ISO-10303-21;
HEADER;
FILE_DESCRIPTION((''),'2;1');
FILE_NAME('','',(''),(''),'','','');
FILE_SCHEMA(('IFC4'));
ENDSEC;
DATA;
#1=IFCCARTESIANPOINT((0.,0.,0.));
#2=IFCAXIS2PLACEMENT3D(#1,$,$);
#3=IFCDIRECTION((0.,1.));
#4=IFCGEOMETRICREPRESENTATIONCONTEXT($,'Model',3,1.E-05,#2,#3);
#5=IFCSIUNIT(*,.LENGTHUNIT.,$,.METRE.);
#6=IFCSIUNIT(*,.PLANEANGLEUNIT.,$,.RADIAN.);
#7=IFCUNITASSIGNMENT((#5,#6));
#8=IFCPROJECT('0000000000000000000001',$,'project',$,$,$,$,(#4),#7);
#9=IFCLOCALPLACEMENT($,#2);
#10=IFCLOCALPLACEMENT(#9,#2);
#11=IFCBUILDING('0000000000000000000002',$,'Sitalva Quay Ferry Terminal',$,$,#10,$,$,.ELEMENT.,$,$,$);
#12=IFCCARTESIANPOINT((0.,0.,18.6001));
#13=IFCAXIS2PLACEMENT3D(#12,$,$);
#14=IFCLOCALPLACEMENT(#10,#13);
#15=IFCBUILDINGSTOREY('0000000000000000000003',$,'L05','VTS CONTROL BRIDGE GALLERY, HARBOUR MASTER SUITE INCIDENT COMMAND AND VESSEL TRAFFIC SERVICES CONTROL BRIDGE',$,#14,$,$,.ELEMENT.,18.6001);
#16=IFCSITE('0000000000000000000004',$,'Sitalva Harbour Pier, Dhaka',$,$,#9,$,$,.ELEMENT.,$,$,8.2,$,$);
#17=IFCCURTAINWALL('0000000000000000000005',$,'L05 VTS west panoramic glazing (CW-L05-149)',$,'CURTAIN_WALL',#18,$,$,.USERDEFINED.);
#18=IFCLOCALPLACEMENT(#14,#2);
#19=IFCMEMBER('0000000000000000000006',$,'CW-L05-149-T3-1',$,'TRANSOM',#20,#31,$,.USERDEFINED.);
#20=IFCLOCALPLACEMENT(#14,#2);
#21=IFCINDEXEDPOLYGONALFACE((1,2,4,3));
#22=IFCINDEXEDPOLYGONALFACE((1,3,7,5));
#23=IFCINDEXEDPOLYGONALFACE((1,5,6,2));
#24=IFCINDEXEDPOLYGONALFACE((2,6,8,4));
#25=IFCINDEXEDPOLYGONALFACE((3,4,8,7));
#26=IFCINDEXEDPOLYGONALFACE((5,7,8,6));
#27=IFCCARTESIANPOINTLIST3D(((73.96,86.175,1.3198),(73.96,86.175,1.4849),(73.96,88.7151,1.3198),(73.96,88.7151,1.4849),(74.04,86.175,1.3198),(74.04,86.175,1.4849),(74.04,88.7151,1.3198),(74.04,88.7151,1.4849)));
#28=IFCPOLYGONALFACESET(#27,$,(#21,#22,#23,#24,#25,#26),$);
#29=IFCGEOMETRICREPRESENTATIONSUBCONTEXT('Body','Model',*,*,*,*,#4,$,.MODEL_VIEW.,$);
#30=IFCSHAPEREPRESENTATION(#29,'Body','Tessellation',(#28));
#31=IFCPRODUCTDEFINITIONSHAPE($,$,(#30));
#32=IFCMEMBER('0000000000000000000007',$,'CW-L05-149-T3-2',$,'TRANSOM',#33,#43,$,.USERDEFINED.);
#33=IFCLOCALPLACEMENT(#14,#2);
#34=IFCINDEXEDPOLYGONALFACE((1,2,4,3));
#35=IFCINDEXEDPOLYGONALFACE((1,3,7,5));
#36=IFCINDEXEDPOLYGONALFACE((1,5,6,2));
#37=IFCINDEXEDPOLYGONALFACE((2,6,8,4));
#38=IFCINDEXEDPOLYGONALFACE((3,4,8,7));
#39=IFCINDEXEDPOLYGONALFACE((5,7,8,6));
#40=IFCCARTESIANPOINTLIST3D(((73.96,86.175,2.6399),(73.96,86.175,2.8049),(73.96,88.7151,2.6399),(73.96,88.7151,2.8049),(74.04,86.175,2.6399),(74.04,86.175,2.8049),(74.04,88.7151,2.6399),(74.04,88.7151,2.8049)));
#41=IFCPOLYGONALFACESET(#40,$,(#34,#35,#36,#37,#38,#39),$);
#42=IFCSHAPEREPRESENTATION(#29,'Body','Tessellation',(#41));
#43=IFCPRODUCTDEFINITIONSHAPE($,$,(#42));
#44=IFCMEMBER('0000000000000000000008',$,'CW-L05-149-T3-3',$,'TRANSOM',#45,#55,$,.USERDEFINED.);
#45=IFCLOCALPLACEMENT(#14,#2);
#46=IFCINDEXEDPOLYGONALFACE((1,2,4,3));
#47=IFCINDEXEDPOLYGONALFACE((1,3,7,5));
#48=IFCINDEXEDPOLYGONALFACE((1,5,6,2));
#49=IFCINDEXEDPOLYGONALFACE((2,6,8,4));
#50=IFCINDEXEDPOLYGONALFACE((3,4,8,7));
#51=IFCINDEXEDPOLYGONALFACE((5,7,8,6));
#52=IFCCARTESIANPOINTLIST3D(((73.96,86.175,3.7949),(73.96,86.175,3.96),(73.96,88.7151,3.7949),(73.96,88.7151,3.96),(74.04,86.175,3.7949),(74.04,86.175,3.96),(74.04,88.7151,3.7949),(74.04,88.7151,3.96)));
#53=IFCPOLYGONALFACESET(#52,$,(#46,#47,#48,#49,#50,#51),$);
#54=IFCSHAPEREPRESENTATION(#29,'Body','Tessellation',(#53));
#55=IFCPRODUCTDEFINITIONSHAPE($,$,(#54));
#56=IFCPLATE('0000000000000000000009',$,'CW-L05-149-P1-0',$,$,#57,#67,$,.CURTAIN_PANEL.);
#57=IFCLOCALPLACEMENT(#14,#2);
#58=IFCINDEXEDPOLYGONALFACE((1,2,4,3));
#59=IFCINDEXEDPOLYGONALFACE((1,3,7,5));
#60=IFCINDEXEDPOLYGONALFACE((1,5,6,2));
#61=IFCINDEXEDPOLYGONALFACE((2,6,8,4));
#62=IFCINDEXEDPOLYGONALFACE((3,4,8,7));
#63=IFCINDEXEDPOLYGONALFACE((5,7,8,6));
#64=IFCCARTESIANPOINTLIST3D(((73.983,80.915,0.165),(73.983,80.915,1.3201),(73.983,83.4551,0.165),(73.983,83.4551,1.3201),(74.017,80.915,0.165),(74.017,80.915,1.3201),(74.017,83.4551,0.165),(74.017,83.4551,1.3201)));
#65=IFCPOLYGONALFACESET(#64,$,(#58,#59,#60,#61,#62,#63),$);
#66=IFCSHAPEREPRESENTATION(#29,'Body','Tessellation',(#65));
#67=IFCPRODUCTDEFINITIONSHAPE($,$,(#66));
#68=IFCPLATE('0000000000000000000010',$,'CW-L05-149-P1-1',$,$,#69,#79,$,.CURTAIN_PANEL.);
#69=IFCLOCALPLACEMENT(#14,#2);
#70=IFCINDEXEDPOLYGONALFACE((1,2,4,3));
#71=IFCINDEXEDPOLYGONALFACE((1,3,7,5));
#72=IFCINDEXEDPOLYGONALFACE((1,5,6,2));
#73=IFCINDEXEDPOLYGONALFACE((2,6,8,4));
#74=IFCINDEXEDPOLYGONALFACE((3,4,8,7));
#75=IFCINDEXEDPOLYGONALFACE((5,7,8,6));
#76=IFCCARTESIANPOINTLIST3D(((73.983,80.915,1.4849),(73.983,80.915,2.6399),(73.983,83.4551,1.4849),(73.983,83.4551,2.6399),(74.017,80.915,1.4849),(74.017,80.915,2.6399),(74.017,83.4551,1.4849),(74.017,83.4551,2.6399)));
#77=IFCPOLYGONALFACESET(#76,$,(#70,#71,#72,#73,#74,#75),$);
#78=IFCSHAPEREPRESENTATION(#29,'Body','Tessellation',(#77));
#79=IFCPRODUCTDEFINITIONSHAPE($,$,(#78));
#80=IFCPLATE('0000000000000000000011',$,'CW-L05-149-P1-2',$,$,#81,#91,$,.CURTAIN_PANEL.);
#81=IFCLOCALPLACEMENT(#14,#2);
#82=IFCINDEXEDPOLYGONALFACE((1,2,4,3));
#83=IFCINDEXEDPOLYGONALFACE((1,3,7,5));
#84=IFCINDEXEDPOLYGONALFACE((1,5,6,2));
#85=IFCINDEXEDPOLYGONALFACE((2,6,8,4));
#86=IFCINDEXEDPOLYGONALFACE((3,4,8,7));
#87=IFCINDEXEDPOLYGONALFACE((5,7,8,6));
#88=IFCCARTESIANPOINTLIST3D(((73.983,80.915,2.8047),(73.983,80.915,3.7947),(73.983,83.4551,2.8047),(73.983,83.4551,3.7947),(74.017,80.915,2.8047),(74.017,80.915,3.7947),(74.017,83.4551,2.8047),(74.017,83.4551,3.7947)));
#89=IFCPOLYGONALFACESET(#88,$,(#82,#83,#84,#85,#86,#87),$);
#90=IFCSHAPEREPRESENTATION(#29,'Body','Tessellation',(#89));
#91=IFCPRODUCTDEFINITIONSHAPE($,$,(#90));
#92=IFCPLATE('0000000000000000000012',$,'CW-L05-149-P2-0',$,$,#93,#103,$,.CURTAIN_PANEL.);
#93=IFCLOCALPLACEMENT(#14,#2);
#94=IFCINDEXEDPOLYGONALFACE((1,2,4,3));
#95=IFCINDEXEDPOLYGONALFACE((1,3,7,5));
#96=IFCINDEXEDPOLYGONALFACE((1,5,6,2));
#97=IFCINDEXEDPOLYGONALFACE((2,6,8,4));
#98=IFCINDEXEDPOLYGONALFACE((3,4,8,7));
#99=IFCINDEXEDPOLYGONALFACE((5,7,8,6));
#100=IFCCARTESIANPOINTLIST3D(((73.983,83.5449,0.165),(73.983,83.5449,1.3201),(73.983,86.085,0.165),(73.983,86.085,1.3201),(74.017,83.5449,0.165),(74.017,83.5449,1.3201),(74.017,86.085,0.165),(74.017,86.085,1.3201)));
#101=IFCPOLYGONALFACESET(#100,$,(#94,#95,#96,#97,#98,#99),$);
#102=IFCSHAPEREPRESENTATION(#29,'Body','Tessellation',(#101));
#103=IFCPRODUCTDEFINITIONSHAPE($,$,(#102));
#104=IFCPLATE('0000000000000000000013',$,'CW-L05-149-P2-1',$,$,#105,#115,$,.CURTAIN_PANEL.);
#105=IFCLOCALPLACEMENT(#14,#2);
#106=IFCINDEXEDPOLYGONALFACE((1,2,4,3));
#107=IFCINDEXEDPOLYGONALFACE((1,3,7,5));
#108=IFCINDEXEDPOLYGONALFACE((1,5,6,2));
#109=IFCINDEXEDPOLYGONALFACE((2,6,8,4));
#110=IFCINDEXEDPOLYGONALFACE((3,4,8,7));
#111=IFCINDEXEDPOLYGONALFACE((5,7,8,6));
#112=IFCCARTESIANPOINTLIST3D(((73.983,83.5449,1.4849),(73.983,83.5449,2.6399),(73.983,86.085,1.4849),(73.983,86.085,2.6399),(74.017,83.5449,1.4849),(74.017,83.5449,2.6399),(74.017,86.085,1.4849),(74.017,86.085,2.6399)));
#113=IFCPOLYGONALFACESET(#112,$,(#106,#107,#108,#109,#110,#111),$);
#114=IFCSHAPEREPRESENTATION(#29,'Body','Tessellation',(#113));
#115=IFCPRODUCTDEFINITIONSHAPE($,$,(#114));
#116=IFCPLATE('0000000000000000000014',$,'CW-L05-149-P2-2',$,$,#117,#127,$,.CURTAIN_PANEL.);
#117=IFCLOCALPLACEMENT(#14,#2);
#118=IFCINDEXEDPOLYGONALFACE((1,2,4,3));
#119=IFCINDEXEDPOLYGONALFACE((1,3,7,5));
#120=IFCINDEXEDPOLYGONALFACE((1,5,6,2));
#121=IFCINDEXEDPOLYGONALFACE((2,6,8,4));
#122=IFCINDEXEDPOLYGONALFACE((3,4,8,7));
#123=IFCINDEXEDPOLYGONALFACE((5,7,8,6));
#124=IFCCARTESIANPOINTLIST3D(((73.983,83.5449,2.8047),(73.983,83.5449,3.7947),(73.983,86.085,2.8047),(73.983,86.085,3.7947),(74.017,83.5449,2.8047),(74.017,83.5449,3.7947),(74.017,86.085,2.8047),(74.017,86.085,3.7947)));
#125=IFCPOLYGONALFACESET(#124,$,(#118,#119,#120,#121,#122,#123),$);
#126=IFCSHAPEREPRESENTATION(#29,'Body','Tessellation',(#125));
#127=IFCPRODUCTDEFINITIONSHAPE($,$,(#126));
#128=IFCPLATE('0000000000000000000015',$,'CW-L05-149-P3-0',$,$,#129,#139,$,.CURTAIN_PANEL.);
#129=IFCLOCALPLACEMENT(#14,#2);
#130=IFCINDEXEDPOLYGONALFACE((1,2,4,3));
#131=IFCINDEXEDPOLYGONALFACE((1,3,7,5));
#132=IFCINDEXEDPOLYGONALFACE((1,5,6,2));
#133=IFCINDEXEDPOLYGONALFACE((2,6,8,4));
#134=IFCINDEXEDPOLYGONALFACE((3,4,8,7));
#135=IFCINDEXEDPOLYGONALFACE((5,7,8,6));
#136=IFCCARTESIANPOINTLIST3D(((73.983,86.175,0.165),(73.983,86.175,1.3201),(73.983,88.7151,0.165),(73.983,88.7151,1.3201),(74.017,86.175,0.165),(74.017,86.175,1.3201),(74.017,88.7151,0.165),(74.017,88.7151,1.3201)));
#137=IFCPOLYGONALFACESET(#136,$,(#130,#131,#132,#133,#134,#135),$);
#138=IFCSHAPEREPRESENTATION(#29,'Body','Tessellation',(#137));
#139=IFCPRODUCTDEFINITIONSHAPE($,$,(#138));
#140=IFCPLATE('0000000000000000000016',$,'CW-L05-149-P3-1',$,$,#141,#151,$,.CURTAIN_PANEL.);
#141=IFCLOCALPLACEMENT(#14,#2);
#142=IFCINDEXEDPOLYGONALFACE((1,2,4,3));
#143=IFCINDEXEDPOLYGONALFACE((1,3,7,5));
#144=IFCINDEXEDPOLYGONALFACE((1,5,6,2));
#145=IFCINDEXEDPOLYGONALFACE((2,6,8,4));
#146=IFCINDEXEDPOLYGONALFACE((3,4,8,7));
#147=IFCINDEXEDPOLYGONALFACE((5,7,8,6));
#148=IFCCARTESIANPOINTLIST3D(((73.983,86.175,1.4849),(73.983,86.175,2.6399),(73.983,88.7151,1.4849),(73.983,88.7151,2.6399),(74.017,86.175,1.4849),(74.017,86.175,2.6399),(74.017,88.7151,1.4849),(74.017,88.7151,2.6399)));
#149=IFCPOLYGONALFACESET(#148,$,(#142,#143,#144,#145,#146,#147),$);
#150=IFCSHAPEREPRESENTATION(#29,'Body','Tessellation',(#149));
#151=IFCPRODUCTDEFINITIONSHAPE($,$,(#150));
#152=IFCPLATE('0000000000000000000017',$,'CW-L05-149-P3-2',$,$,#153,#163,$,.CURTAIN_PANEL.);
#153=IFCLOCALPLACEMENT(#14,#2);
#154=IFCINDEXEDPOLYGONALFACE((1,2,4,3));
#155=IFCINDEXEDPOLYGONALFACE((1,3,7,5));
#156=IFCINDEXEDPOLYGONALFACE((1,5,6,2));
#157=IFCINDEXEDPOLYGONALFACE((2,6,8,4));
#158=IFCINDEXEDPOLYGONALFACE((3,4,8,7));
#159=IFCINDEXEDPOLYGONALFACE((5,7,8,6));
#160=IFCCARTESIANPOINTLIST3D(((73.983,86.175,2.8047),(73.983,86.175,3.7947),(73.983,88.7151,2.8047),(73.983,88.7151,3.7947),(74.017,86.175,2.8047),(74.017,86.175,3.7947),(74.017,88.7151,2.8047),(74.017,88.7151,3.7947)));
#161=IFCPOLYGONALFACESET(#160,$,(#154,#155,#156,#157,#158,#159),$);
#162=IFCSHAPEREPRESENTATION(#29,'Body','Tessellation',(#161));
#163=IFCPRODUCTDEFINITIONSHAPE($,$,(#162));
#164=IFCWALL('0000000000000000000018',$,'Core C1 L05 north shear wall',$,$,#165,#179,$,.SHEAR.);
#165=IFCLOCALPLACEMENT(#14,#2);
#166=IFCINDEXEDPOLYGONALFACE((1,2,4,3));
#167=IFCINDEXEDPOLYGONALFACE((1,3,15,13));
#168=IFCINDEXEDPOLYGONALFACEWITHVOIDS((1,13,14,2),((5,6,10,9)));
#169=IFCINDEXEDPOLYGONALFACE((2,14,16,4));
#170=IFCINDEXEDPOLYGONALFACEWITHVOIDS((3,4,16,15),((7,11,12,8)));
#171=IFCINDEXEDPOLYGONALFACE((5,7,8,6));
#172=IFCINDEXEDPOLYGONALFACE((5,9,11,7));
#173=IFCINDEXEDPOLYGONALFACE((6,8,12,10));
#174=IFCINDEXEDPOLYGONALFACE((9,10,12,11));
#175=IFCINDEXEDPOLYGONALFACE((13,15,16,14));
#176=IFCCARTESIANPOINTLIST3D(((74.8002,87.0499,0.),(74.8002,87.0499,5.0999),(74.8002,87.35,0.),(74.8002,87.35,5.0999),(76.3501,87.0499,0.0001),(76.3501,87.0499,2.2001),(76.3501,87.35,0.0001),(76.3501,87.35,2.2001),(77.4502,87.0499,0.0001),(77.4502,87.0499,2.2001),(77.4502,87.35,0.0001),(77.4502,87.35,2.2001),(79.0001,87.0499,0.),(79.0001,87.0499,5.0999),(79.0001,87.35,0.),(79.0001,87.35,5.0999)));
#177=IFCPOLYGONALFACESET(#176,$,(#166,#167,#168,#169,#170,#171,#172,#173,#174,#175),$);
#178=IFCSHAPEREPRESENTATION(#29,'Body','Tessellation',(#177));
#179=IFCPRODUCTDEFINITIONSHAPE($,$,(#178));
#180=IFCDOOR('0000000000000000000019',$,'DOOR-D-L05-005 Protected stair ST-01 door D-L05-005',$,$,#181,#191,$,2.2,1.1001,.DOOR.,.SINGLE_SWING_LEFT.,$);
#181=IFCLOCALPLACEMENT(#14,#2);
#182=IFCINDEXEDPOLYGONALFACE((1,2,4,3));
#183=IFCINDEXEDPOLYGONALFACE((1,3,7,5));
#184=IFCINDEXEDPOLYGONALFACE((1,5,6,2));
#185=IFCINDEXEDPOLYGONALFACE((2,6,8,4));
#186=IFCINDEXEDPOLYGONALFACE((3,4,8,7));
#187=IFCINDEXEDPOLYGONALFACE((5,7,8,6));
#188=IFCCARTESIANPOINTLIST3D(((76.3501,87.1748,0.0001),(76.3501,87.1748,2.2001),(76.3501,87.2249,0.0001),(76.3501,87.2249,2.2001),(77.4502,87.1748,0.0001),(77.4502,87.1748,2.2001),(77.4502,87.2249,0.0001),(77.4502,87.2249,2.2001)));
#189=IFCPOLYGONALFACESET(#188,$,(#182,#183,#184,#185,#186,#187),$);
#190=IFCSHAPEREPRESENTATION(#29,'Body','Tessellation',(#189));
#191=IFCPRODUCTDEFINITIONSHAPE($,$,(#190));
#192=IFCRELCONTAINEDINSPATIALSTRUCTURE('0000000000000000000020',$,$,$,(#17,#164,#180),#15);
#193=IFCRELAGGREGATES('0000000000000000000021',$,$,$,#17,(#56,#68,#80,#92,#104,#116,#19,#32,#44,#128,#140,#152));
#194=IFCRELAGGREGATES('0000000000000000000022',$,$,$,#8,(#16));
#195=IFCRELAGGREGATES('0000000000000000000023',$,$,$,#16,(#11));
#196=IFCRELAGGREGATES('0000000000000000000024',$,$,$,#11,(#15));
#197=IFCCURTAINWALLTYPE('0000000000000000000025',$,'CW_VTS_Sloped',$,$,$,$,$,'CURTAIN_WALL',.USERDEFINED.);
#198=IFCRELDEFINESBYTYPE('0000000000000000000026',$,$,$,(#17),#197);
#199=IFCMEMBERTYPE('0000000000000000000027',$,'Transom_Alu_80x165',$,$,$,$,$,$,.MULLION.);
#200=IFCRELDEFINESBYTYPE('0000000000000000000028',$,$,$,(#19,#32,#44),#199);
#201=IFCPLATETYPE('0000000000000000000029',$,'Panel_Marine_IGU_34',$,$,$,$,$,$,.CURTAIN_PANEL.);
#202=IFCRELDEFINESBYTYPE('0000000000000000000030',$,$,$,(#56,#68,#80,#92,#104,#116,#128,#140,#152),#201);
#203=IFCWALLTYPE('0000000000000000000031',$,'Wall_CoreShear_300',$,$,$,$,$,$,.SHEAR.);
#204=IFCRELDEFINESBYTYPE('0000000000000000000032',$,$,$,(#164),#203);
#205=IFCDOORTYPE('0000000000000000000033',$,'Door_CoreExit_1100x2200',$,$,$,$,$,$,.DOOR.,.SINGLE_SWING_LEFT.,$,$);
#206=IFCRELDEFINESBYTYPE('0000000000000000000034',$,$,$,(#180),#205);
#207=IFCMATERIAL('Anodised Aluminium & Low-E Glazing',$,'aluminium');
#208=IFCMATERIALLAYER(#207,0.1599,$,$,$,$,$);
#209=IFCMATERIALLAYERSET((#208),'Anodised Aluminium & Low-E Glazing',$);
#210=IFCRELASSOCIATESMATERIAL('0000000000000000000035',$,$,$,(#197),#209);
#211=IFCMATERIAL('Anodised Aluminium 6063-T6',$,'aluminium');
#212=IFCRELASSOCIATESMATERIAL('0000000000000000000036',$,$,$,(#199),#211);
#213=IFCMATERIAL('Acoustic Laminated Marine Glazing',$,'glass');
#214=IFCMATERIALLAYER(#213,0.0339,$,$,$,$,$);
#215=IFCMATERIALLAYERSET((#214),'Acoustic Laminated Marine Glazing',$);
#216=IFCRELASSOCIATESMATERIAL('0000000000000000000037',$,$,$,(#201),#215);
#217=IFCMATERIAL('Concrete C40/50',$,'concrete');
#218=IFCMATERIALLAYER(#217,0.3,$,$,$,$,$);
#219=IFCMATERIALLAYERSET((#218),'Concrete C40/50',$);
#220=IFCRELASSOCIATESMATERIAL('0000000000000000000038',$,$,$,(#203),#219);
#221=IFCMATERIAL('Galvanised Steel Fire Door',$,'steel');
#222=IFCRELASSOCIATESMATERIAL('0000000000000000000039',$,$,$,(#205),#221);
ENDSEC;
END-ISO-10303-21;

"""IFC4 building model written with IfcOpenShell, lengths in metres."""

from ifc_helpers import new_model, si_unit, direction, frame, frame_2d, origin, origin_2d, place, context, subcontext, project, spatial, rectangle, extrude, material, layer, layer_set, material_profile, profile_set, type_object, element, fill, aggregate, save


model = new_model("IFC4")

# Units and contexts
model_context = context("Model", 3, precision=1e-05, world=origin(), true_north=direction((0.0, 1.0)))
body_context = subcontext(model_context, "Body", "Model", "MODEL_VIEW")
ifc_project = project(units=[si_unit("LENGTHUNIT", "METRE"), si_unit("PLANEANGLEUNIT", "RADIAN")], contexts=[model_context])

# Site, building, storey
site_placement = place(None, origin())
site = spatial("IfcSite", under=ifc_project, at=site_placement, Name="Sitalva Harbour Pier, Dhaka", CompositionType="ELEMENT", RefElevation=8.2)
building_placement = place(site_placement, origin())
building = spatial("IfcBuilding", under=site, at=building_placement, Name="Sitalva Quay Ferry Terminal", CompositionType="ELEMENT")
storey_placement = place(building_placement, frame((0.0, 0.0, 18.6001)))
storey = spatial("IfcBuildingStorey", under=building, at=storey_placement, Name="L05", Description="VTS CONTROL BRIDGE GALLERY, HARBOUR MASTER SUITE INCIDENT COMMAND AND VESSEL TRAFFIC SERVICES CONTROL BRIDGE", CompositionType="ELEMENT", Elevation=18.6001)

# Curtain wall, members, plates
ifc_material_1 = material(Name="Anodised Aluminium & Low-E Glazing", Category="aluminium")
ifc_layer_1 = layer(ifc_material_1, 0.1599)
ifc_layer_set_1 = layer_set([ifc_layer_1], Name="Anodised Aluminium & Low-E Glazing")
curtain_wall_type = type_object("IfcCurtainWallType", Name="CW_VTS_Sloped", ElementType="CURTAIN_WALL", PredefinedType="USERDEFINED", material=ifc_layer_set_1)
curtain_wall_placement = place(storey_placement, origin())
curtain_wall = element("IfcCurtainWall", 1, at=curtain_wall_placement, inside=storey, type_object=curtain_wall_type, Name="L05 VTS west panoramic glazing (CW-L05-149)", ObjectType="CURTAIN_WALL", PredefinedType="USERDEFINED")
ifc_material_2 = material(Name="Anodised Aluminium 6063-T6", Category="aluminium")
ifc_material_profile_1 = material_profile(ifc_material_2, rectangle(XDim=0.0801, YDim=0.165, at=origin_2d()), Name="ALU80x165")
ifc_profile_set_1 = profile_set([ifc_material_profile_1], Name="Anodised Aluminium 6063-T6")
member_type_1 = type_object("IfcMemberType", Name="Transom_Alu_80x165", PredefinedType="MULLION", material=ifc_profile_set_1)
member_1_placement = place(storey_placement, frame((74.0, 86.175, 1.4023), z_axis=(0.0, 1.0, 0.0), x_axis=(-1.0, 0.0, 0.0)))
member_1 = element("IfcMember", 2, at=member_1_placement, type_object=member_type_1, Name="CW-L05-149-T3-1", ObjectType="TRANSOM", PredefinedType="USERDEFINED", context=body_context, shape_type="SweptSolid", body=[
    extrude(rectangle(XDim=0.0801, YDim=0.165, at=origin_2d()), origin(), (0.0, 0.0, 1.0), 2.54),
])
member_2_placement = place(storey_placement, frame((74.0, 86.175, 2.7224), z_axis=(0.0, 1.0, 0.0), x_axis=(-1.0, 0.0, 0.0)))
member_2 = element("IfcMember", 3, at=member_2_placement, type_object=member_type_1, Name="CW-L05-149-T3-2", ObjectType="TRANSOM", PredefinedType="USERDEFINED", context=body_context, shape_type="SweptSolid", body=[
    extrude(rectangle(XDim=0.0801, YDim=0.165, at=origin_2d()), origin(), (0.0, 0.0, 1.0), 2.54),
])
member_3_placement = place(storey_placement, frame((74.0, 86.175, 3.8774), z_axis=(0.0, 1.0, 0.0), x_axis=(-1.0, 0.0, 0.0)))
member_3 = element("IfcMember", 4, at=member_3_placement, type_object=member_type_1, Name="CW-L05-149-T3-3", ObjectType="TRANSOM", PredefinedType="USERDEFINED", context=body_context, shape_type="SweptSolid", body=[
    extrude(rectangle(XDim=0.0801, YDim=0.165, at=origin_2d()), origin(), (0.0, 0.0, 1.0), 2.54),
])
ifc_material_3 = material(Name="Acoustic Laminated Marine Glazing", Category="glass")
ifc_layer_2 = layer(ifc_material_3, 0.0339)
ifc_layer_set_2 = layer_set([ifc_layer_2], Name="Acoustic Laminated Marine Glazing")
plate_type = type_object("IfcPlateType", Name="Panel_Marine_IGU_34", PredefinedType="CURTAIN_PANEL", material=ifc_layer_set_2)
plate_1_placement = place(storey_placement, frame((74.0, 82.1851, 0.165), z_axis=(0.0, 0.0, 1.0), x_axis=(0.0, 1.0, 0.0)))
plate_1 = element("IfcPlate", 5, at=plate_1_placement, type_object=plate_type, Name="CW-L05-149-P1-0", PredefinedType="CURTAIN_PANEL", context=body_context, shape_type="SweptSolid", body=[
    extrude(rectangle(XDim=2.54, YDim=0.0339, at=origin_2d()), origin(), (0.0, 0.0, 1.0), 1.155),
])
plate_2_placement = place(storey_placement, frame((74.0, 82.1851, 1.4849), z_axis=(0.0, 0.0, 1.0), x_axis=(0.0, 1.0, 0.0)))
plate_2 = element("IfcPlate", 6, at=plate_2_placement, type_object=plate_type, Name="CW-L05-149-P1-1", PredefinedType="CURTAIN_PANEL", context=body_context, shape_type="SweptSolid", body=[
    extrude(rectangle(XDim=2.54, YDim=0.0339, at=origin_2d()), origin(), (0.0, 0.0, 1.0), 1.155),
])
plate_3_placement = place(storey_placement, frame((74.0, 82.1851, 2.8047), z_axis=(0.0, 0.0, 1.0), x_axis=(0.0, 1.0, 0.0)))
plate_3 = element("IfcPlate", 7, at=plate_3_placement, type_object=plate_type, Name="CW-L05-149-P1-2", PredefinedType="CURTAIN_PANEL", context=body_context, shape_type="SweptSolid", body=[
    extrude(rectangle(XDim=2.54, YDim=0.0339, at=origin_2d()), origin(), (0.0, 0.0, 1.0), 0.99),
])
plate_4_placement = place(storey_placement, frame((74.0, 84.8149, 0.165), z_axis=(0.0, 0.0, 1.0), x_axis=(0.0, 1.0, 0.0)))
plate_4 = element("IfcPlate", 8, at=plate_4_placement, type_object=plate_type, Name="CW-L05-149-P2-0", PredefinedType="CURTAIN_PANEL", context=body_context, shape_type="SweptSolid", body=[
    extrude(rectangle(XDim=2.54, YDim=0.0339, at=origin_2d()), origin(), (0.0, 0.0, 1.0), 1.155),
])
plate_5_placement = place(storey_placement, frame((74.0, 84.8149, 1.4849), z_axis=(0.0, 0.0, 1.0), x_axis=(0.0, 1.0, 0.0)))
plate_5 = element("IfcPlate", 9, at=plate_5_placement, type_object=plate_type, Name="CW-L05-149-P2-1", PredefinedType="CURTAIN_PANEL", context=body_context, shape_type="SweptSolid", body=[
    extrude(rectangle(XDim=2.54, YDim=0.0339, at=origin_2d()), origin(), (0.0, 0.0, 1.0), 1.155),
])
plate_6_placement = place(storey_placement, frame((74.0, 84.8149, 2.8047), z_axis=(0.0, 0.0, 1.0), x_axis=(0.0, 1.0, 0.0)))
plate_6 = element("IfcPlate", 10, at=plate_6_placement, type_object=plate_type, Name="CW-L05-149-P2-2", PredefinedType="CURTAIN_PANEL", context=body_context, shape_type="SweptSolid", body=[
    extrude(rectangle(XDim=2.54, YDim=0.0339, at=origin_2d()), origin(), (0.0, 0.0, 1.0), 0.99),
])
plate_7_placement = place(storey_placement, frame((74.0, 87.4451, 0.165), z_axis=(0.0, 0.0, 1.0), x_axis=(0.0, 1.0, 0.0)))
plate_7 = element("IfcPlate", 11, at=plate_7_placement, type_object=plate_type, Name="CW-L05-149-P3-0", PredefinedType="CURTAIN_PANEL", context=body_context, shape_type="SweptSolid", body=[
    extrude(rectangle(XDim=2.54, YDim=0.0339, at=origin_2d()), origin(), (0.0, 0.0, 1.0), 1.155),
])
plate_8_placement = place(storey_placement, frame((74.0, 87.4451, 1.4849), z_axis=(0.0, 0.0, 1.0), x_axis=(0.0, 1.0, 0.0)))
plate_8 = element("IfcPlate", 12, at=plate_8_placement, type_object=plate_type, Name="CW-L05-149-P3-1", PredefinedType="CURTAIN_PANEL", context=body_context, shape_type="SweptSolid", body=[
    extrude(rectangle(XDim=2.54, YDim=0.0339, at=origin_2d()), origin(), (0.0, 0.0, 1.0), 1.155),
])
plate_9_placement = place(storey_placement, frame((74.0, 87.4451, 2.8047), z_axis=(0.0, 0.0, 1.0), x_axis=(0.0, 1.0, 0.0)))
plate_9 = element("IfcPlate", 13, at=plate_9_placement, type_object=plate_type, Name="CW-L05-149-P3-2", PredefinedType="CURTAIN_PANEL", context=body_context, shape_type="SweptSolid", body=[
    extrude(rectangle(XDim=2.54, YDim=0.0339, at=origin_2d()), origin(), (0.0, 0.0, 1.0), 0.99),
])
aggregate(curtain_wall, [plate_1, plate_2, plate_3, plate_4, plate_5, plate_6, member_1, member_2, member_3, plate_7, plate_8, plate_9])

# Wall, opening, door
ifc_material_4 = material(Name="Concrete C40/50", Category="concrete")
ifc_layer_3 = layer(ifc_material_4, 0.3)
ifc_layer_set_3 = layer_set([ifc_layer_3], Name="Concrete C40/50")
wall_type_1 = type_object("IfcWallType", Name="Wall_CoreShear_300", PredefinedType="SHEAR", material=ifc_layer_set_3)
wall_1_placement = place(storey_placement, frame((74.8, 87.2, 0.0), z_axis=(0.0, 0.0, 1.0), x_axis=(1.0, 0.0, 0.0)))
wall_1 = element("IfcWall", 14, at=wall_1_placement, inside=storey, type_object=wall_type_1, Name="Core C1 L05 north shear wall", PredefinedType="SHEAR", context=body_context, shape_type="SweptSolid", body=[
    extrude(rectangle(XDim=4.2, YDim=0.3, at=frame_2d((2.1001, 0.0))), origin(), (0.0, 0.0, 1.0), 5.0999),
])
opening_placement = place(wall_1_placement, frame((1.55, 0.0, 0.0)))
opening = element("IfcOpeningElement", 15, at=opening_placement, cuts=wall_1, PredefinedType="OPENING", context=body_context, shape_type="SweptSolid", body=[
    extrude(rectangle(XDim=1.1001, YDim=2.2, at=frame_2d((0.55, 1.1001))), frame((0.0, 0.1599, 0.0), z_axis=(0.0, -1.0, 0.0), x_axis=(1.0, 0.0, 0.0)), (0.0, 0.0, 1.0), 0.3201),
])
ifc_material_5 = material(Name="Galvanised Steel Fire Door", Category="steel")
door_type = type_object("IfcDoorType", Name="Door_CoreExit_1100x2200", OperationType="SINGLE_SWING_LEFT", PredefinedType="DOOR", material=ifc_material_5)
door_placement = place(opening_placement, origin())
door = element("IfcDoor", 16, at=door_placement, inside=storey, type_object=door_type, Name="DOOR-D-L05-005 Protected stair ST-01 door D-L05-005", OperationType="SINGLE_SWING_LEFT", OverallHeight=2.2, OverallWidth=1.1001, PredefinedType="DOOR", context=body_context, shape_type="SweptSolid", body=[
    extrude(rectangle(XDim=1.1001, YDim=2.2, at=frame_2d((0.55, 1.1001))), frame((0.0, 0.0249, 0.0), z_axis=(0.0, -1.0, 0.0), x_axis=(1.0, 0.0, 0.0)), (0.0, 0.0, 1.0), 0.05),
])
fill(opening, door)

save(model, "model.ifc")
